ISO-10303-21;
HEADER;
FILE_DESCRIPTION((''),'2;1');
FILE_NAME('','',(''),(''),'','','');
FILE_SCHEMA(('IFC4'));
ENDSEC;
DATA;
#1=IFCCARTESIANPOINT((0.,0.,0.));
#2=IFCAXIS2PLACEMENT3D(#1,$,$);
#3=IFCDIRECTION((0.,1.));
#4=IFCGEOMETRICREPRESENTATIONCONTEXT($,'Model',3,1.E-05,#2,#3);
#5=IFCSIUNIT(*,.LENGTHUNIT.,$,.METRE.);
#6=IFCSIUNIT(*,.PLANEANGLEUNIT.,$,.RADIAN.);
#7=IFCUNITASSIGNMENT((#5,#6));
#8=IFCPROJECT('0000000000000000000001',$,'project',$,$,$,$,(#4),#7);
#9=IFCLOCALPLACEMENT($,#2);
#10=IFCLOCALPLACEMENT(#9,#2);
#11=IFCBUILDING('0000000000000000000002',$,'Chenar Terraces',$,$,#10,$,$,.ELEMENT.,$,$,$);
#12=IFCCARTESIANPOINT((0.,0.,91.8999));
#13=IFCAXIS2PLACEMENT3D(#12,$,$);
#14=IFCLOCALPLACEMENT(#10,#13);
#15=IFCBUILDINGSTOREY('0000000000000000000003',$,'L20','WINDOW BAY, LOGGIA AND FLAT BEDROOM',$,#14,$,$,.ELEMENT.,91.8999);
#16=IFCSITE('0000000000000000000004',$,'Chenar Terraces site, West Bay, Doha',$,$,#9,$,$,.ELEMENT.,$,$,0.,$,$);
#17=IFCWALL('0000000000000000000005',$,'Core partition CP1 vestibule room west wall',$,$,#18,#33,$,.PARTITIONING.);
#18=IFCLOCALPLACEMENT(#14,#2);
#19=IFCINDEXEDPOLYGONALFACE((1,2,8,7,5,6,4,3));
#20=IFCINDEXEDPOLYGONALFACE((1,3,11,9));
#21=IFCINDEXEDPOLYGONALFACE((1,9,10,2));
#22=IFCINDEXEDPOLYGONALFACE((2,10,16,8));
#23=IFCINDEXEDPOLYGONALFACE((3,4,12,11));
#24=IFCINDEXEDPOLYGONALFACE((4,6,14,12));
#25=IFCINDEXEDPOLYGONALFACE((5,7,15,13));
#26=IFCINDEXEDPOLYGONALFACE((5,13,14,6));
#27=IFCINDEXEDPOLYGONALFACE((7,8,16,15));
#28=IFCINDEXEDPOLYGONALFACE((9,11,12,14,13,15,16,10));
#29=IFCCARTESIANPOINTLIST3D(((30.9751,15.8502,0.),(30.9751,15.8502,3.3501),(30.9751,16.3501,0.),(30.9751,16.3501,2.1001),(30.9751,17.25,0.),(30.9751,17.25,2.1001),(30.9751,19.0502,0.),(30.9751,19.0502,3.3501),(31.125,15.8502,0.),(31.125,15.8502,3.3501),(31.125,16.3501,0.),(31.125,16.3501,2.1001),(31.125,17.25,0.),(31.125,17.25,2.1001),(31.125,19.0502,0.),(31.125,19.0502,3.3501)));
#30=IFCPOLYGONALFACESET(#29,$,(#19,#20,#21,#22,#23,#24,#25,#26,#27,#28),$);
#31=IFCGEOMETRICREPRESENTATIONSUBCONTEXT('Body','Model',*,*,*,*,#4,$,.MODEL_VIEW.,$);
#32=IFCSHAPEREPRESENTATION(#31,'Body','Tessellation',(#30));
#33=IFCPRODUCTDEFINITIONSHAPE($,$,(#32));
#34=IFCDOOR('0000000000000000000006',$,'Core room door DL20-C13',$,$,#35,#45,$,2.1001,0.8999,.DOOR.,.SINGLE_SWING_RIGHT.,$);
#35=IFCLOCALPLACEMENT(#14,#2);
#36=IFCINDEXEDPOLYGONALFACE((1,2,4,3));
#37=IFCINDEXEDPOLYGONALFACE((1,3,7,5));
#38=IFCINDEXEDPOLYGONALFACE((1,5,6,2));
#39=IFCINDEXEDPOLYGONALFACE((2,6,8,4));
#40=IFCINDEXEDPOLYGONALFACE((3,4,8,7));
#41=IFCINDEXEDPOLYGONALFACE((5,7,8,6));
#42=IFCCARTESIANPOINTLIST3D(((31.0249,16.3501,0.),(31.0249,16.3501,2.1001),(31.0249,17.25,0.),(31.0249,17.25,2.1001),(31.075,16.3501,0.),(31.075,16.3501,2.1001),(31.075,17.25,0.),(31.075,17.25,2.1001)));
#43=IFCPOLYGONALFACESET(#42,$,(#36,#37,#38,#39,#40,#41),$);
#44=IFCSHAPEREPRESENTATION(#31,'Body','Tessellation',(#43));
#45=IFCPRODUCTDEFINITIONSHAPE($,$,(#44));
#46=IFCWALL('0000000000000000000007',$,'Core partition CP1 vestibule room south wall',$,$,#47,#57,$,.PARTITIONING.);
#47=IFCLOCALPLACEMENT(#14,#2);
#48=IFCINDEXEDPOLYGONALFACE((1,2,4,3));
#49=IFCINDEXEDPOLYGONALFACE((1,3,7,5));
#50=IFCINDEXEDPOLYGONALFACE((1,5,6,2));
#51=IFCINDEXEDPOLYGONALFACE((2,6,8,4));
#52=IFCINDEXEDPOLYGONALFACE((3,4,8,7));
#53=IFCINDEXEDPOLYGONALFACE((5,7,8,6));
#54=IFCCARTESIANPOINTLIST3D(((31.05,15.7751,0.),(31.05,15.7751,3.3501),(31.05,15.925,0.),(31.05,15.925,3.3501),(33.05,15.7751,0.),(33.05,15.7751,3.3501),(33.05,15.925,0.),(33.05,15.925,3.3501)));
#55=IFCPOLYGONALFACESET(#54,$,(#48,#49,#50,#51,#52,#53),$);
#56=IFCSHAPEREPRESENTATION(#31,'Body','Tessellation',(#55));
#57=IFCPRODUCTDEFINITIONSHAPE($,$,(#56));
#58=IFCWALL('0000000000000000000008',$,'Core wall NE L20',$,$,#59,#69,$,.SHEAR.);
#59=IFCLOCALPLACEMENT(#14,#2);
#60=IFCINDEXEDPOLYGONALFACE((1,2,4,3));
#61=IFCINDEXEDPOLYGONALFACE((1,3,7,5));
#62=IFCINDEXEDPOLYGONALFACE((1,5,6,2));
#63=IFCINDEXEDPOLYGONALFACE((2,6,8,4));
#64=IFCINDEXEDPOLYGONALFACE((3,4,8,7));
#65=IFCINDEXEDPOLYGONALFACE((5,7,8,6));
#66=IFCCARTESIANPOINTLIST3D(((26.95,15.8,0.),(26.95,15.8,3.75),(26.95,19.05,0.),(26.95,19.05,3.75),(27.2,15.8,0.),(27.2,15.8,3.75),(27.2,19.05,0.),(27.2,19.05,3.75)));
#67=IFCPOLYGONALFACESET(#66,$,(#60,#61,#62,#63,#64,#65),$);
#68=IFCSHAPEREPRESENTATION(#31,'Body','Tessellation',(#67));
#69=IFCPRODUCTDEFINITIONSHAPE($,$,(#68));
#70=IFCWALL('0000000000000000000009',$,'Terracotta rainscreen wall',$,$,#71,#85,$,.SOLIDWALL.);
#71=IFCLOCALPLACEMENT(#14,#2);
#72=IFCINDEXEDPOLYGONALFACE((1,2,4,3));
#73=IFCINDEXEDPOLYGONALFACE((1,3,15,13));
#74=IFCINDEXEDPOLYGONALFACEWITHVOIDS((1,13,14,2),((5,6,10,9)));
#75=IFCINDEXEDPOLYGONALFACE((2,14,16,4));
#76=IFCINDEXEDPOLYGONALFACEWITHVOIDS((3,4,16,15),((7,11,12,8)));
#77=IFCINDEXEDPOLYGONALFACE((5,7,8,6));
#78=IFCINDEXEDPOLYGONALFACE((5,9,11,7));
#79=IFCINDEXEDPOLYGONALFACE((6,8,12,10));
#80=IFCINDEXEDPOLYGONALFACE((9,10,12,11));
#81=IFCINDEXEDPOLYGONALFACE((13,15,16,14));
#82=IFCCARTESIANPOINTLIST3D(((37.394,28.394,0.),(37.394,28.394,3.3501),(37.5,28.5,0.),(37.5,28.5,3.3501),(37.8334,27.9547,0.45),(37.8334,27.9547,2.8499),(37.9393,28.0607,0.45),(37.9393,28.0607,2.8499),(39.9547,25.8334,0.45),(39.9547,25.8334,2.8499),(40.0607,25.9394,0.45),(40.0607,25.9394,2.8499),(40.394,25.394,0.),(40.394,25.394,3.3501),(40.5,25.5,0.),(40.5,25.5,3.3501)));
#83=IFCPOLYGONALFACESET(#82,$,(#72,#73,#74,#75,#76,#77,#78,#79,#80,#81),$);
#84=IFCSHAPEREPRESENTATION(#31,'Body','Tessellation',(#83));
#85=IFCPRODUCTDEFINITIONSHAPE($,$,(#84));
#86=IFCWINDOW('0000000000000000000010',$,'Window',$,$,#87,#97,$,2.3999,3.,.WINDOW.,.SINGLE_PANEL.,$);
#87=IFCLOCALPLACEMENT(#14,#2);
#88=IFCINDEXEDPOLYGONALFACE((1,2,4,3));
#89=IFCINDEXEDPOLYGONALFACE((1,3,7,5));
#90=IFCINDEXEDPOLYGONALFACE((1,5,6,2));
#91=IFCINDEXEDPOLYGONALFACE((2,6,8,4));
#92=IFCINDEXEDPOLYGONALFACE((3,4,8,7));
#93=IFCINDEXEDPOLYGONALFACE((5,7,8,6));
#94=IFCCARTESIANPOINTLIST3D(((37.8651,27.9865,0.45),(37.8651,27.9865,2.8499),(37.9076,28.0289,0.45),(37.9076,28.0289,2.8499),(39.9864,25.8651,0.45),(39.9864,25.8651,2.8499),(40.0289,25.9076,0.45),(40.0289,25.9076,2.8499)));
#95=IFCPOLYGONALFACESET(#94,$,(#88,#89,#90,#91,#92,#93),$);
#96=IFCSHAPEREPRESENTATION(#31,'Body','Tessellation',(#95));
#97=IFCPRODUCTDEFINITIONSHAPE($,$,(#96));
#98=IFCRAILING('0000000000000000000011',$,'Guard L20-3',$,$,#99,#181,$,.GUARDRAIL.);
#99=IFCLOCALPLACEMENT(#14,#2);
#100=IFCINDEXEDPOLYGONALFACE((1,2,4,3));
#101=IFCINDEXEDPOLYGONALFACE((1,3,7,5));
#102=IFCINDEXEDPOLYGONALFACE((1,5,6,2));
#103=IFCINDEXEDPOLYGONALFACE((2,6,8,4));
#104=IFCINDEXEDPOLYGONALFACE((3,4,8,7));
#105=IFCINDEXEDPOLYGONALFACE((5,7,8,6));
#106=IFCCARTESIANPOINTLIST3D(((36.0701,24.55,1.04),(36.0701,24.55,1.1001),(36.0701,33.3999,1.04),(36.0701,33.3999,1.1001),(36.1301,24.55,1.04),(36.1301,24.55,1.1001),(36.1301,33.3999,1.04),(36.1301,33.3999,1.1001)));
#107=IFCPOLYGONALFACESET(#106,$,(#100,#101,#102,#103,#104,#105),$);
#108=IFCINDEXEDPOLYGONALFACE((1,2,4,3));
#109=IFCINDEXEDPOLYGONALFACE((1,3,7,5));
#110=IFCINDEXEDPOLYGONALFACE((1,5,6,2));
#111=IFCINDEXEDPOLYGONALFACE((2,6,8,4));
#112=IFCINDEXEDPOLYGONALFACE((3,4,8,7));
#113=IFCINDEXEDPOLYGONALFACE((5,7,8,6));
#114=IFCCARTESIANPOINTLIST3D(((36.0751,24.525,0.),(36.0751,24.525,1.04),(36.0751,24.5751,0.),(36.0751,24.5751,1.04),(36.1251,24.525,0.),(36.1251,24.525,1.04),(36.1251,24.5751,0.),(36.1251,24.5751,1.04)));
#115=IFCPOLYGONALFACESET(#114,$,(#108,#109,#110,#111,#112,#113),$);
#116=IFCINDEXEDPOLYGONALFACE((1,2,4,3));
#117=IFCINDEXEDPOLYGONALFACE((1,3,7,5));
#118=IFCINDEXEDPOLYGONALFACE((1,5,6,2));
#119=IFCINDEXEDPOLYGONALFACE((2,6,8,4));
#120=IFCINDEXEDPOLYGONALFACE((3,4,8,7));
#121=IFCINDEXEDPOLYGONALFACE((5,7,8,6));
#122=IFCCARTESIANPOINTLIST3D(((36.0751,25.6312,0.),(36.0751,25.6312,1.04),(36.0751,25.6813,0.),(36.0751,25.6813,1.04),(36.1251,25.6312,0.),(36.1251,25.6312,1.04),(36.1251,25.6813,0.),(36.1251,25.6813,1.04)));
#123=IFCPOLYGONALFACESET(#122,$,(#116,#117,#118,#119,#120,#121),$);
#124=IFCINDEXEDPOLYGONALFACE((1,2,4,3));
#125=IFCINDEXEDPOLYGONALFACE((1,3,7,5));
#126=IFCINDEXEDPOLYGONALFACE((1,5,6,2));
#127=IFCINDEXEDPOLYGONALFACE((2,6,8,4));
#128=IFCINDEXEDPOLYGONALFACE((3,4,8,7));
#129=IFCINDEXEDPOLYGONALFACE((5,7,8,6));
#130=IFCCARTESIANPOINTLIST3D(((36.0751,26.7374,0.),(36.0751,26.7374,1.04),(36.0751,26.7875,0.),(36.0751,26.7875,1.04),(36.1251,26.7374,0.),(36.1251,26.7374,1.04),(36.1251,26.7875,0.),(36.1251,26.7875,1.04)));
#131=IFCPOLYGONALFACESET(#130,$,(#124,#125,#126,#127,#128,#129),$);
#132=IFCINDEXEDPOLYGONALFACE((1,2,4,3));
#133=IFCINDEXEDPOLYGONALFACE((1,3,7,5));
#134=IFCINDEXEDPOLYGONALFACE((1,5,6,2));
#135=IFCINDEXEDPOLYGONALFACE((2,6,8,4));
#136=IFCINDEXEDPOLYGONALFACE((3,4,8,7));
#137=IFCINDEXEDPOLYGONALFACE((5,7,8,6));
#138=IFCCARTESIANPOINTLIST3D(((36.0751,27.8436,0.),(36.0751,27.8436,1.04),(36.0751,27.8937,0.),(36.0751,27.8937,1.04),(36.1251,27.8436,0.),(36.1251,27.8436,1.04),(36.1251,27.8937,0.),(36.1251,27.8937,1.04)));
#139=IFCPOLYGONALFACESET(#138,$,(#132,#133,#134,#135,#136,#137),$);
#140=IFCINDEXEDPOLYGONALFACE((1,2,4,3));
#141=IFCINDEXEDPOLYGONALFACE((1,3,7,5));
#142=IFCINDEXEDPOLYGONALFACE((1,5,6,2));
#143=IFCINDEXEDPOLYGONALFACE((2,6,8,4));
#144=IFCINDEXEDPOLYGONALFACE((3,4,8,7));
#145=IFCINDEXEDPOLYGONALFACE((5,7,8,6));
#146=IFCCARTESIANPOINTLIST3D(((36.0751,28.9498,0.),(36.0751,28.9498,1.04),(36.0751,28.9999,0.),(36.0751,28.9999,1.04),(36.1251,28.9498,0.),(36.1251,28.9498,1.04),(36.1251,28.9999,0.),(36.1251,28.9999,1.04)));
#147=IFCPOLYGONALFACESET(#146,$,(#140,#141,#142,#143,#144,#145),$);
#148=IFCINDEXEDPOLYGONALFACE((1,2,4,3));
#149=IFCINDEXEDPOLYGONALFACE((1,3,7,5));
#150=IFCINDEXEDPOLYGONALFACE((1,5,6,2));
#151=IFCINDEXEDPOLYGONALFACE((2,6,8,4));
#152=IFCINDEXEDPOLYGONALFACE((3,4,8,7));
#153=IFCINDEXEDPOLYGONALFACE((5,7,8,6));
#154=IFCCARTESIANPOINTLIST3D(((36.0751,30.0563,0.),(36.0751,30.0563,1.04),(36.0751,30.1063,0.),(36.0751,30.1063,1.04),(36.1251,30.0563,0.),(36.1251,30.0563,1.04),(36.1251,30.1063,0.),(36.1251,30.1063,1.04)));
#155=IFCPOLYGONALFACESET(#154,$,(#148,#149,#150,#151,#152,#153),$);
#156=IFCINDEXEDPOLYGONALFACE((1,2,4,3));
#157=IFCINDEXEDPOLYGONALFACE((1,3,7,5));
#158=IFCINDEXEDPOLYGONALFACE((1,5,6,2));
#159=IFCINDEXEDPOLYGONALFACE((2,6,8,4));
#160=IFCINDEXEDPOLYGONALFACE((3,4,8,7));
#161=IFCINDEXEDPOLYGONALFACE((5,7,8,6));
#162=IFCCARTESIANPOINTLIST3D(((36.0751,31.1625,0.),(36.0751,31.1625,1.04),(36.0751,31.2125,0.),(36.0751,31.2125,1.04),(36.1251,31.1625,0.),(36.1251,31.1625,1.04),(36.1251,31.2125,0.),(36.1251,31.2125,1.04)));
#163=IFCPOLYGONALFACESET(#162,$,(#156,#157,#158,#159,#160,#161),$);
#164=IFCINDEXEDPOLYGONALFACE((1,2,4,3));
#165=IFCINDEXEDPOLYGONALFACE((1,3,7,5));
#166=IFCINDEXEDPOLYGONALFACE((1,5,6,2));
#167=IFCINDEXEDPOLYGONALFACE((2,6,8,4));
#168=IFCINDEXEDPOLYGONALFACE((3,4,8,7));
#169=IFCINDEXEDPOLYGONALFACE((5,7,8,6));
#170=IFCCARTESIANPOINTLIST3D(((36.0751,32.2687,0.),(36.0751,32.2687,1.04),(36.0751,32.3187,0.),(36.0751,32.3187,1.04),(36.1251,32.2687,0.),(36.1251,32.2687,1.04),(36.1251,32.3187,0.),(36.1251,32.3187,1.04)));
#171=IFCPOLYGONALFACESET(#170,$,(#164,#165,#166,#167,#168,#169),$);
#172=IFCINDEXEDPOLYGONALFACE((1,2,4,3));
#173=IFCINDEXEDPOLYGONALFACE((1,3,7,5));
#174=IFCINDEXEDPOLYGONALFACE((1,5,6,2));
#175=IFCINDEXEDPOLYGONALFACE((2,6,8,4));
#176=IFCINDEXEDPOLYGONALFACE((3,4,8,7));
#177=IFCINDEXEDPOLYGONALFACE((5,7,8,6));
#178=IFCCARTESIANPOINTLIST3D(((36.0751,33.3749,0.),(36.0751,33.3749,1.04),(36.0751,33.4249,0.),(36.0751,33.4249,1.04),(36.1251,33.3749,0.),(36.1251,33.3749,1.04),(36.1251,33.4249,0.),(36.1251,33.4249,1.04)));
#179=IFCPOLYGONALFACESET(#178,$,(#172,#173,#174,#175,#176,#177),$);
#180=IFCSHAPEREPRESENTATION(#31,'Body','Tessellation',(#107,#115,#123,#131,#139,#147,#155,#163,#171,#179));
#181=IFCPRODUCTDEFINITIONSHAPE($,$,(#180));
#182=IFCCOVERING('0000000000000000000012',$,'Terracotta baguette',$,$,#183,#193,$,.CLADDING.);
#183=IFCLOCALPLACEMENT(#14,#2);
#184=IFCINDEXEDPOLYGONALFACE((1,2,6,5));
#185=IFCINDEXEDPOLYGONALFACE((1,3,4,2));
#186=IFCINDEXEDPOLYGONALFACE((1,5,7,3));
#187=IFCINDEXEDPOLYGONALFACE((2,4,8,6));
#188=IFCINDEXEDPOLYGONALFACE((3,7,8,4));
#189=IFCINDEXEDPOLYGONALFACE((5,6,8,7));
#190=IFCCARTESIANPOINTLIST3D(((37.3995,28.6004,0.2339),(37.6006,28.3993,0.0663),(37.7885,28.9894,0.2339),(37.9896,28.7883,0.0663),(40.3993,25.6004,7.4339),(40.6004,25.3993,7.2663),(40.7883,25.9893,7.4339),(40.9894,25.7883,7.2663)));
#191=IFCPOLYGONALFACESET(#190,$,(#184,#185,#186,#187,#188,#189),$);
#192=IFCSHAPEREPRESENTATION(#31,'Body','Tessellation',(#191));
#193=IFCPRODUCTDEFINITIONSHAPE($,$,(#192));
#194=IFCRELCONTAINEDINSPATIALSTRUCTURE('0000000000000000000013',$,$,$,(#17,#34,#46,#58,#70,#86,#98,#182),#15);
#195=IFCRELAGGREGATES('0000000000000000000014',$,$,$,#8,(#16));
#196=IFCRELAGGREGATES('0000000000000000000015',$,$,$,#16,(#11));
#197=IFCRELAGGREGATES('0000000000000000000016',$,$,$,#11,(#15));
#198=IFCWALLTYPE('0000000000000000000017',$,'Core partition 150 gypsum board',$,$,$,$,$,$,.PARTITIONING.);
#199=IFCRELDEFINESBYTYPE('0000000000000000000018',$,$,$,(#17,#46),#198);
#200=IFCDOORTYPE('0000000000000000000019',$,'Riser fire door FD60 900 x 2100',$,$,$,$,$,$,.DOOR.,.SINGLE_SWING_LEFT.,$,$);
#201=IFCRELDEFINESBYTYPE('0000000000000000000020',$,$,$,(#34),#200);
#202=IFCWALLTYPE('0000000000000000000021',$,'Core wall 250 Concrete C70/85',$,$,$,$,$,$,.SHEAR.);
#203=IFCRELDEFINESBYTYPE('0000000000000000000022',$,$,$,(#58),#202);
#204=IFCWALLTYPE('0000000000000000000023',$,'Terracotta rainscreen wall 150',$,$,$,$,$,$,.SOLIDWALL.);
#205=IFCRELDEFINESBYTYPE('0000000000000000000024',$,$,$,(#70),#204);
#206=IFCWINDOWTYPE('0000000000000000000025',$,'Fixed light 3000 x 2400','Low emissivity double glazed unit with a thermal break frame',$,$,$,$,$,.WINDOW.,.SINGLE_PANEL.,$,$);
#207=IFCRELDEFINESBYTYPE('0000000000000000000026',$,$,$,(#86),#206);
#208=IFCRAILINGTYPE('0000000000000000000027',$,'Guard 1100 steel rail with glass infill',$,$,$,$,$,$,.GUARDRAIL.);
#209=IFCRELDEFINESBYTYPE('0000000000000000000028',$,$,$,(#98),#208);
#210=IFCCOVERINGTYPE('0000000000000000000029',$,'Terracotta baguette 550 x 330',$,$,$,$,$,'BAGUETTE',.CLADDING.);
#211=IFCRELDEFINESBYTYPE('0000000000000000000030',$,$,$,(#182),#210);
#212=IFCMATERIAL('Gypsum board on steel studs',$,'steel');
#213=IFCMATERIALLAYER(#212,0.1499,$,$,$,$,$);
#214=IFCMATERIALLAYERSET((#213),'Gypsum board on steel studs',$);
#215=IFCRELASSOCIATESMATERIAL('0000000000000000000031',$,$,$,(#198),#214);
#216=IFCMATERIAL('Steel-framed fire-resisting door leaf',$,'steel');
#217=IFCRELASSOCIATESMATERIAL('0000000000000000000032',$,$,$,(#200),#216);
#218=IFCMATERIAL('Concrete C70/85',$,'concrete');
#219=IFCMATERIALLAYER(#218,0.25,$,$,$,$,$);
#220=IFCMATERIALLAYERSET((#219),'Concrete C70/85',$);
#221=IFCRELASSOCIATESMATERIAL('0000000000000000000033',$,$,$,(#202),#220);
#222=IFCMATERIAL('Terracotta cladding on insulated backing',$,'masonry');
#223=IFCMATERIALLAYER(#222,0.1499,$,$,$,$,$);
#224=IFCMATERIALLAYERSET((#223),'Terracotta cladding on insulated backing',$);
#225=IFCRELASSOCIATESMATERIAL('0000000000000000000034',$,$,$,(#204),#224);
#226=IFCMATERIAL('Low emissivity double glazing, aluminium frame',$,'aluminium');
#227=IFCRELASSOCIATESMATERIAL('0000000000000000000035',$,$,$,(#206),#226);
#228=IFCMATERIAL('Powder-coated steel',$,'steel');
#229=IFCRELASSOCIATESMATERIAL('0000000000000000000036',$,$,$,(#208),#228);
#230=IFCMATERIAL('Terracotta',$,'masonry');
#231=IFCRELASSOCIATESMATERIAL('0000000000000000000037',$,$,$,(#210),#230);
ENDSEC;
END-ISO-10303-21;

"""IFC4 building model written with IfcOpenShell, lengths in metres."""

from ifc_helpers import new_model, si_unit, direction, frame, frame_2d, origin, origin_2d, place, context, subcontext, project, spatial, rectangle, extrude, material, layer, layer_set, material_profile, profile_set, type_object, element, fill, save


model = new_model("IFC4")

# Units and contexts
model_context = context("Model", 3, precision=1e-05, world=origin(), true_north=direction((0.0, 1.0)))
body_context = subcontext(model_context, "Body", "Model", "MODEL_VIEW")
ifc_project = project(units=[si_unit("LENGTHUNIT", "METRE"), si_unit("PLANEANGLEUNIT", "RADIAN")], contexts=[model_context])

# Site, building, storey
site_placement = place(None, origin())
site = spatial("IfcSite", under=ifc_project, at=site_placement, Name="Chenar Terraces site, West Bay, Doha", CompositionType="ELEMENT", RefElevation=0.0)
building_placement = place(site_placement, origin())
building = spatial("IfcBuilding", under=site, at=building_placement, Name="Chenar Terraces", CompositionType="ELEMENT")
storey_placement = place(building_placement, frame((0.0, 0.0, 91.8999)))
storey = spatial("IfcBuildingStorey", under=building, at=storey_placement, Name="L20", Description="WINDOW BAY, LOGGIA AND FLAT BEDROOM", CompositionType="ELEMENT", Elevation=91.8999)

# Wall, opening, door
ifc_material_1 = material(Name="Gypsum board on steel studs", Category="steel")
ifc_layer_1 = layer(ifc_material_1, 0.1499)
ifc_layer_set_1 = layer_set([ifc_layer_1], Name="Gypsum board on steel studs")
wall_type_1 = type_object("IfcWallType", Name="Core partition 150 gypsum board", PredefinedType="PARTITIONING", material=ifc_layer_set_1)
wall_1_placement = place(storey_placement, frame((31.05, 15.8501, 0.0), z_axis=(0.0, 0.0, 1.0), x_axis=(0.0, 1.0, 0.0)))
wall_1 = element("IfcWall", 1, at=wall_1_placement, inside=storey, type_object=wall_type_1, Name="Core partition CP1 vestibule room west wall", PredefinedType="PARTITIONING", context=body_context, shape_type="SweptSolid", body=[
    extrude(rectangle(XDim=3.2, YDim=0.1499, at=frame_2d((1.6001, 0.0))), origin(), (0.0, 0.0, 1.0), 3.3501),
])
opening_1_placement = place(wall_1_placement, frame((0.5, 0.0, 0.0)))
opening_1 = element("IfcOpeningElement", 2, at=opening_1_placement, cuts=wall_1, PredefinedType="OPENING", context=body_context, shape_type="SweptSolid", body=[
    extrude(rectangle(XDim=0.8999, YDim=2.1001, at=frame_2d((0.45, 1.05))), frame((0.0, 0.085, 0.0), z_axis=(0.0, -1.0, 0.0), x_axis=(1.0, 0.0, 0.0)), (0.0, 0.0, 1.0), 0.1699),
])
ifc_material_2 = material(Name="Steel-framed fire-resisting door leaf", Category="steel")
door_type = type_object("IfcDoorType", Name="Riser fire door FD60 900 x 2100", OperationType="SINGLE_SWING_LEFT", PredefinedType="DOOR", material=ifc_material_2)
door_placement = place(opening_1_placement, frame((0.8999, 0.0, 0.0), z_axis=(0.0, 0.0, 1.0), x_axis=(-1.0, 0.0, 0.0)))
door = element("IfcDoor", 3, at=door_placement, inside=storey, type_object=door_type, Name="Core room door DL20-C13", OperationType="SINGLE_SWING_RIGHT", OverallHeight=2.1001, OverallWidth=0.8999, PredefinedType="DOOR", context=body_context, shape_type="SweptSolid", body=[
    extrude(rectangle(XDim=0.8999, YDim=2.1001, at=frame_2d((0.45, 1.05))), frame((0.0, 0.0249, 0.0), z_axis=(0.0, -1.0, 0.0), x_axis=(1.0, 0.0, 0.0)), (0.0, 0.0, 1.0), 0.05),
])
fill(opening_1, door)

# Walls
wall_2_placement = place(storey_placement, frame((31.05, 15.8501, 0.0), z_axis=(0.0, 0.0, 1.0), x_axis=(1.0, 0.0, 0.0)))
element("IfcWall", 4, at=wall_2_placement, inside=storey, type_object=wall_type_1, Name="Core partition CP1 vestibule room south wall", PredefinedType="PARTITIONING", context=body_context, shape_type="SweptSolid", body=[
    extrude(rectangle(XDim=2.0, YDim=0.1499, at=frame_2d((1.0, 0.0))), origin(), (0.0, 0.0, 1.0), 3.3501),
])
ifc_material_3 = material(Name="Concrete C70/85", Category="concrete")
ifc_layer_2 = layer(ifc_material_3, 0.25)
ifc_layer_set_2 = layer_set([ifc_layer_2], Name="Concrete C70/85")
wall_type_2 = type_object("IfcWallType", Name="Core wall 250 Concrete C70/85", PredefinedType="SHEAR", material=ifc_layer_set_2)
wall_3_placement = place(storey_placement, frame((27.075, 15.8, 0.0), z_axis=(0.0, 0.0, 1.0), x_axis=(0.0, 1.0, 0.0)))
element("IfcWall", 5, at=wall_3_placement, inside=storey, type_object=wall_type_2, Name="Core wall NE L20", PredefinedType="SHEAR", context=body_context, shape_type="SweptSolid", body=[
    extrude(rectangle(XDim=3.25, YDim=0.25, at=frame_2d((1.625, 0.0))), origin(), (0.0, 0.0, 1.0), 3.75),
])

# Wall, opening, window
ifc_material_4 = material(Name="Terracotta cladding on insulated backing", Category="masonry")
ifc_layer_3 = layer(ifc_material_4, 0.1499)
ifc_layer_set_3 = layer_set([ifc_layer_3], Name="Terracotta cladding on insulated backing")
wall_type_3 = type_object("IfcWallType", Name="Terracotta rainscreen wall 150", PredefinedType="SOLIDWALL", material=ifc_layer_set_3)
wall_4_placement = place(storey_placement, frame((40.447, 25.447, 0.0), z_axis=(0.0, 0.0, 1.0), x_axis=(-0.707107, 0.707107, 0.0)))
wall_4 = element("IfcWall", 6, at=wall_4_placement, inside=storey, type_object=wall_type_3, Name="Terracotta rainscreen wall", PredefinedType="SOLIDWALL", context=body_context, shape_type="SweptSolid", body=[
    extrude(rectangle(XDim=4.2427, YDim=0.1499, at=frame_2d((2.1213, 0.0))), origin(), (0.0, 0.0, 1.0), 3.3501),
])
opening_2_placement = place(wall_4_placement, frame((0.6213, 0.0, 0.45)))
opening_2 = element("IfcOpeningElement", 7, at=opening_2_placement, cuts=wall_4, PredefinedType="OPENING", context=body_context, shape_type="SweptSolid", body=[
    extrude(rectangle(XDim=3.0, YDim=2.3999, at=frame_2d((1.5, 1.2))), frame((0.0, 0.085, 0.0), z_axis=(0.0, -1.0, 0.0), x_axis=(1.0, 0.0, 0.0)), (0.0, 0.0, 1.0), 0.1699),
])
ifc_material_5 = material(Name="Low emissivity double glazing, aluminium frame", Category="aluminium")
window_type = type_object("IfcWindowType", Name="Fixed light 3000 x 2400", Description="Low emissivity double glazed unit with a thermal break frame", PartitioningType="SINGLE_PANEL", PredefinedType="WINDOW", material=ifc_material_5)
window_placement = place(opening_2_placement, origin())
window = element("IfcWindow", 8, at=window_placement, inside=storey, type_object=window_type, Name="Window", OverallHeight=2.3999, OverallWidth=3.0, PartitioningType="SINGLE_PANEL", PredefinedType="WINDOW", context=body_context, shape_type="SweptSolid", body=[
    extrude(rectangle(XDim=3.0, YDim=2.3999, at=frame_2d((1.5, 1.2))), frame((0.0, 0.03, 0.0), z_axis=(0.0, -1.0, 0.0), x_axis=(1.0, 0.0, 0.0)), (0.0, 0.0, 1.0), 0.0601),
])
fill(opening_2, window)

# Railing
ifc_material_6 = material(Name="Powder-coated steel", Category="steel")
railing_type = type_object("IfcRailingType", Name="Guard 1100 steel rail with glass infill", PredefinedType="GUARDRAIL", material=ifc_material_6)
railing_placement = place(storey_placement, frame((36.1001, 24.55, 0.0)))
element("IfcRailing", 9, at=railing_placement, inside=storey, type_object=railing_type, Name="Guard L20-3", PredefinedType="GUARDRAIL", context=body_context, shape_type="SweptSolid", body=[
    extrude(rectangle(XDim=0.0601, YDim=0.0601, at=origin_2d()), frame((0.0, 0.0, 1.0701), z_axis=(0.0, 1.0, 0.0), x_axis=(-1.0, 0.0, 0.0)), (0.0, 0.0, 1.0), 8.8499),
    extrude(rectangle(XDim=0.05, YDim=0.05, at=origin_2d()), origin(), (0.0, 0.0, 1.0), 1.04),
    extrude(rectangle(XDim=0.05, YDim=0.05, at=origin_2d()), frame((0.0, 1.1062, 0.0)), (0.0, 0.0, 1.0), 1.04),
    extrude(rectangle(XDim=0.05, YDim=0.05, at=origin_2d()), frame((0.0, 2.2124, 0.0)), (0.0, 0.0, 1.0), 1.04),
    extrude(rectangle(XDim=0.05, YDim=0.05, at=origin_2d()), frame((0.0, 3.3186, 0.0)), (0.0, 0.0, 1.0), 1.04),
    extrude(rectangle(XDim=0.05, YDim=0.05, at=origin_2d()), frame((0.0, 4.4248, 0.0)), (0.0, 0.0, 1.0), 1.04),
    extrude(rectangle(XDim=0.05, YDim=0.05, at=origin_2d()), frame((0.0, 5.5312, 0.0)), (0.0, 0.0, 1.0), 1.04),
    extrude(rectangle(XDim=0.05, YDim=0.05, at=origin_2d()), frame((0.0, 6.6375, 0.0)), (0.0, 0.0, 1.0), 1.04),
    extrude(rectangle(XDim=0.05, YDim=0.05, at=origin_2d()), frame((0.0, 7.7437, 0.0)), (0.0, 0.0, 1.0), 1.04),
    extrude(rectangle(XDim=0.05, YDim=0.05, at=origin_2d()), frame((0.0, 8.8499, 0.0)), (0.0, 0.0, 1.0), 1.04),
])

# Covering
ifc_material_7 = material(Name="Terracotta", Category="masonry")
ifc_material_profile_1 = material_profile(ifc_material_7, rectangle(XDim=0.55, YDim=0.3301, at=origin_2d()), Name="Terracotta baguette 550 x 330")
ifc_profile_set_1 = profile_set([ifc_material_profile_1], Name="Terracotta")
covering_type = type_object("IfcCoveringType", Name="Terracotta baguette 550 x 330", ElementType="BAGUETTE", PredefinedType="CLADDING", material=ifc_profile_set_1)
covering_1_placement = place(storey_placement, frame((40.6943, 25.6943, 7.3501), z_axis=(-0.358955, 0.358985, -0.861557), x_axis=(-0.707136, -0.707078, 0.0)))
element("IfcCovering", 10, at=covering_1_placement, inside=storey, type_object=covering_type, Name="Terracotta baguette", PredefinedType="CLADDING", context=body_context, shape_type="SweptSolid", body=[
    extrude(rectangle(XDim=0.55, YDim=0.3301, at=origin_2d()), origin(), (0.0, 0.0, 1.0), 8.3569),
])

save(model, "model.ifc")
